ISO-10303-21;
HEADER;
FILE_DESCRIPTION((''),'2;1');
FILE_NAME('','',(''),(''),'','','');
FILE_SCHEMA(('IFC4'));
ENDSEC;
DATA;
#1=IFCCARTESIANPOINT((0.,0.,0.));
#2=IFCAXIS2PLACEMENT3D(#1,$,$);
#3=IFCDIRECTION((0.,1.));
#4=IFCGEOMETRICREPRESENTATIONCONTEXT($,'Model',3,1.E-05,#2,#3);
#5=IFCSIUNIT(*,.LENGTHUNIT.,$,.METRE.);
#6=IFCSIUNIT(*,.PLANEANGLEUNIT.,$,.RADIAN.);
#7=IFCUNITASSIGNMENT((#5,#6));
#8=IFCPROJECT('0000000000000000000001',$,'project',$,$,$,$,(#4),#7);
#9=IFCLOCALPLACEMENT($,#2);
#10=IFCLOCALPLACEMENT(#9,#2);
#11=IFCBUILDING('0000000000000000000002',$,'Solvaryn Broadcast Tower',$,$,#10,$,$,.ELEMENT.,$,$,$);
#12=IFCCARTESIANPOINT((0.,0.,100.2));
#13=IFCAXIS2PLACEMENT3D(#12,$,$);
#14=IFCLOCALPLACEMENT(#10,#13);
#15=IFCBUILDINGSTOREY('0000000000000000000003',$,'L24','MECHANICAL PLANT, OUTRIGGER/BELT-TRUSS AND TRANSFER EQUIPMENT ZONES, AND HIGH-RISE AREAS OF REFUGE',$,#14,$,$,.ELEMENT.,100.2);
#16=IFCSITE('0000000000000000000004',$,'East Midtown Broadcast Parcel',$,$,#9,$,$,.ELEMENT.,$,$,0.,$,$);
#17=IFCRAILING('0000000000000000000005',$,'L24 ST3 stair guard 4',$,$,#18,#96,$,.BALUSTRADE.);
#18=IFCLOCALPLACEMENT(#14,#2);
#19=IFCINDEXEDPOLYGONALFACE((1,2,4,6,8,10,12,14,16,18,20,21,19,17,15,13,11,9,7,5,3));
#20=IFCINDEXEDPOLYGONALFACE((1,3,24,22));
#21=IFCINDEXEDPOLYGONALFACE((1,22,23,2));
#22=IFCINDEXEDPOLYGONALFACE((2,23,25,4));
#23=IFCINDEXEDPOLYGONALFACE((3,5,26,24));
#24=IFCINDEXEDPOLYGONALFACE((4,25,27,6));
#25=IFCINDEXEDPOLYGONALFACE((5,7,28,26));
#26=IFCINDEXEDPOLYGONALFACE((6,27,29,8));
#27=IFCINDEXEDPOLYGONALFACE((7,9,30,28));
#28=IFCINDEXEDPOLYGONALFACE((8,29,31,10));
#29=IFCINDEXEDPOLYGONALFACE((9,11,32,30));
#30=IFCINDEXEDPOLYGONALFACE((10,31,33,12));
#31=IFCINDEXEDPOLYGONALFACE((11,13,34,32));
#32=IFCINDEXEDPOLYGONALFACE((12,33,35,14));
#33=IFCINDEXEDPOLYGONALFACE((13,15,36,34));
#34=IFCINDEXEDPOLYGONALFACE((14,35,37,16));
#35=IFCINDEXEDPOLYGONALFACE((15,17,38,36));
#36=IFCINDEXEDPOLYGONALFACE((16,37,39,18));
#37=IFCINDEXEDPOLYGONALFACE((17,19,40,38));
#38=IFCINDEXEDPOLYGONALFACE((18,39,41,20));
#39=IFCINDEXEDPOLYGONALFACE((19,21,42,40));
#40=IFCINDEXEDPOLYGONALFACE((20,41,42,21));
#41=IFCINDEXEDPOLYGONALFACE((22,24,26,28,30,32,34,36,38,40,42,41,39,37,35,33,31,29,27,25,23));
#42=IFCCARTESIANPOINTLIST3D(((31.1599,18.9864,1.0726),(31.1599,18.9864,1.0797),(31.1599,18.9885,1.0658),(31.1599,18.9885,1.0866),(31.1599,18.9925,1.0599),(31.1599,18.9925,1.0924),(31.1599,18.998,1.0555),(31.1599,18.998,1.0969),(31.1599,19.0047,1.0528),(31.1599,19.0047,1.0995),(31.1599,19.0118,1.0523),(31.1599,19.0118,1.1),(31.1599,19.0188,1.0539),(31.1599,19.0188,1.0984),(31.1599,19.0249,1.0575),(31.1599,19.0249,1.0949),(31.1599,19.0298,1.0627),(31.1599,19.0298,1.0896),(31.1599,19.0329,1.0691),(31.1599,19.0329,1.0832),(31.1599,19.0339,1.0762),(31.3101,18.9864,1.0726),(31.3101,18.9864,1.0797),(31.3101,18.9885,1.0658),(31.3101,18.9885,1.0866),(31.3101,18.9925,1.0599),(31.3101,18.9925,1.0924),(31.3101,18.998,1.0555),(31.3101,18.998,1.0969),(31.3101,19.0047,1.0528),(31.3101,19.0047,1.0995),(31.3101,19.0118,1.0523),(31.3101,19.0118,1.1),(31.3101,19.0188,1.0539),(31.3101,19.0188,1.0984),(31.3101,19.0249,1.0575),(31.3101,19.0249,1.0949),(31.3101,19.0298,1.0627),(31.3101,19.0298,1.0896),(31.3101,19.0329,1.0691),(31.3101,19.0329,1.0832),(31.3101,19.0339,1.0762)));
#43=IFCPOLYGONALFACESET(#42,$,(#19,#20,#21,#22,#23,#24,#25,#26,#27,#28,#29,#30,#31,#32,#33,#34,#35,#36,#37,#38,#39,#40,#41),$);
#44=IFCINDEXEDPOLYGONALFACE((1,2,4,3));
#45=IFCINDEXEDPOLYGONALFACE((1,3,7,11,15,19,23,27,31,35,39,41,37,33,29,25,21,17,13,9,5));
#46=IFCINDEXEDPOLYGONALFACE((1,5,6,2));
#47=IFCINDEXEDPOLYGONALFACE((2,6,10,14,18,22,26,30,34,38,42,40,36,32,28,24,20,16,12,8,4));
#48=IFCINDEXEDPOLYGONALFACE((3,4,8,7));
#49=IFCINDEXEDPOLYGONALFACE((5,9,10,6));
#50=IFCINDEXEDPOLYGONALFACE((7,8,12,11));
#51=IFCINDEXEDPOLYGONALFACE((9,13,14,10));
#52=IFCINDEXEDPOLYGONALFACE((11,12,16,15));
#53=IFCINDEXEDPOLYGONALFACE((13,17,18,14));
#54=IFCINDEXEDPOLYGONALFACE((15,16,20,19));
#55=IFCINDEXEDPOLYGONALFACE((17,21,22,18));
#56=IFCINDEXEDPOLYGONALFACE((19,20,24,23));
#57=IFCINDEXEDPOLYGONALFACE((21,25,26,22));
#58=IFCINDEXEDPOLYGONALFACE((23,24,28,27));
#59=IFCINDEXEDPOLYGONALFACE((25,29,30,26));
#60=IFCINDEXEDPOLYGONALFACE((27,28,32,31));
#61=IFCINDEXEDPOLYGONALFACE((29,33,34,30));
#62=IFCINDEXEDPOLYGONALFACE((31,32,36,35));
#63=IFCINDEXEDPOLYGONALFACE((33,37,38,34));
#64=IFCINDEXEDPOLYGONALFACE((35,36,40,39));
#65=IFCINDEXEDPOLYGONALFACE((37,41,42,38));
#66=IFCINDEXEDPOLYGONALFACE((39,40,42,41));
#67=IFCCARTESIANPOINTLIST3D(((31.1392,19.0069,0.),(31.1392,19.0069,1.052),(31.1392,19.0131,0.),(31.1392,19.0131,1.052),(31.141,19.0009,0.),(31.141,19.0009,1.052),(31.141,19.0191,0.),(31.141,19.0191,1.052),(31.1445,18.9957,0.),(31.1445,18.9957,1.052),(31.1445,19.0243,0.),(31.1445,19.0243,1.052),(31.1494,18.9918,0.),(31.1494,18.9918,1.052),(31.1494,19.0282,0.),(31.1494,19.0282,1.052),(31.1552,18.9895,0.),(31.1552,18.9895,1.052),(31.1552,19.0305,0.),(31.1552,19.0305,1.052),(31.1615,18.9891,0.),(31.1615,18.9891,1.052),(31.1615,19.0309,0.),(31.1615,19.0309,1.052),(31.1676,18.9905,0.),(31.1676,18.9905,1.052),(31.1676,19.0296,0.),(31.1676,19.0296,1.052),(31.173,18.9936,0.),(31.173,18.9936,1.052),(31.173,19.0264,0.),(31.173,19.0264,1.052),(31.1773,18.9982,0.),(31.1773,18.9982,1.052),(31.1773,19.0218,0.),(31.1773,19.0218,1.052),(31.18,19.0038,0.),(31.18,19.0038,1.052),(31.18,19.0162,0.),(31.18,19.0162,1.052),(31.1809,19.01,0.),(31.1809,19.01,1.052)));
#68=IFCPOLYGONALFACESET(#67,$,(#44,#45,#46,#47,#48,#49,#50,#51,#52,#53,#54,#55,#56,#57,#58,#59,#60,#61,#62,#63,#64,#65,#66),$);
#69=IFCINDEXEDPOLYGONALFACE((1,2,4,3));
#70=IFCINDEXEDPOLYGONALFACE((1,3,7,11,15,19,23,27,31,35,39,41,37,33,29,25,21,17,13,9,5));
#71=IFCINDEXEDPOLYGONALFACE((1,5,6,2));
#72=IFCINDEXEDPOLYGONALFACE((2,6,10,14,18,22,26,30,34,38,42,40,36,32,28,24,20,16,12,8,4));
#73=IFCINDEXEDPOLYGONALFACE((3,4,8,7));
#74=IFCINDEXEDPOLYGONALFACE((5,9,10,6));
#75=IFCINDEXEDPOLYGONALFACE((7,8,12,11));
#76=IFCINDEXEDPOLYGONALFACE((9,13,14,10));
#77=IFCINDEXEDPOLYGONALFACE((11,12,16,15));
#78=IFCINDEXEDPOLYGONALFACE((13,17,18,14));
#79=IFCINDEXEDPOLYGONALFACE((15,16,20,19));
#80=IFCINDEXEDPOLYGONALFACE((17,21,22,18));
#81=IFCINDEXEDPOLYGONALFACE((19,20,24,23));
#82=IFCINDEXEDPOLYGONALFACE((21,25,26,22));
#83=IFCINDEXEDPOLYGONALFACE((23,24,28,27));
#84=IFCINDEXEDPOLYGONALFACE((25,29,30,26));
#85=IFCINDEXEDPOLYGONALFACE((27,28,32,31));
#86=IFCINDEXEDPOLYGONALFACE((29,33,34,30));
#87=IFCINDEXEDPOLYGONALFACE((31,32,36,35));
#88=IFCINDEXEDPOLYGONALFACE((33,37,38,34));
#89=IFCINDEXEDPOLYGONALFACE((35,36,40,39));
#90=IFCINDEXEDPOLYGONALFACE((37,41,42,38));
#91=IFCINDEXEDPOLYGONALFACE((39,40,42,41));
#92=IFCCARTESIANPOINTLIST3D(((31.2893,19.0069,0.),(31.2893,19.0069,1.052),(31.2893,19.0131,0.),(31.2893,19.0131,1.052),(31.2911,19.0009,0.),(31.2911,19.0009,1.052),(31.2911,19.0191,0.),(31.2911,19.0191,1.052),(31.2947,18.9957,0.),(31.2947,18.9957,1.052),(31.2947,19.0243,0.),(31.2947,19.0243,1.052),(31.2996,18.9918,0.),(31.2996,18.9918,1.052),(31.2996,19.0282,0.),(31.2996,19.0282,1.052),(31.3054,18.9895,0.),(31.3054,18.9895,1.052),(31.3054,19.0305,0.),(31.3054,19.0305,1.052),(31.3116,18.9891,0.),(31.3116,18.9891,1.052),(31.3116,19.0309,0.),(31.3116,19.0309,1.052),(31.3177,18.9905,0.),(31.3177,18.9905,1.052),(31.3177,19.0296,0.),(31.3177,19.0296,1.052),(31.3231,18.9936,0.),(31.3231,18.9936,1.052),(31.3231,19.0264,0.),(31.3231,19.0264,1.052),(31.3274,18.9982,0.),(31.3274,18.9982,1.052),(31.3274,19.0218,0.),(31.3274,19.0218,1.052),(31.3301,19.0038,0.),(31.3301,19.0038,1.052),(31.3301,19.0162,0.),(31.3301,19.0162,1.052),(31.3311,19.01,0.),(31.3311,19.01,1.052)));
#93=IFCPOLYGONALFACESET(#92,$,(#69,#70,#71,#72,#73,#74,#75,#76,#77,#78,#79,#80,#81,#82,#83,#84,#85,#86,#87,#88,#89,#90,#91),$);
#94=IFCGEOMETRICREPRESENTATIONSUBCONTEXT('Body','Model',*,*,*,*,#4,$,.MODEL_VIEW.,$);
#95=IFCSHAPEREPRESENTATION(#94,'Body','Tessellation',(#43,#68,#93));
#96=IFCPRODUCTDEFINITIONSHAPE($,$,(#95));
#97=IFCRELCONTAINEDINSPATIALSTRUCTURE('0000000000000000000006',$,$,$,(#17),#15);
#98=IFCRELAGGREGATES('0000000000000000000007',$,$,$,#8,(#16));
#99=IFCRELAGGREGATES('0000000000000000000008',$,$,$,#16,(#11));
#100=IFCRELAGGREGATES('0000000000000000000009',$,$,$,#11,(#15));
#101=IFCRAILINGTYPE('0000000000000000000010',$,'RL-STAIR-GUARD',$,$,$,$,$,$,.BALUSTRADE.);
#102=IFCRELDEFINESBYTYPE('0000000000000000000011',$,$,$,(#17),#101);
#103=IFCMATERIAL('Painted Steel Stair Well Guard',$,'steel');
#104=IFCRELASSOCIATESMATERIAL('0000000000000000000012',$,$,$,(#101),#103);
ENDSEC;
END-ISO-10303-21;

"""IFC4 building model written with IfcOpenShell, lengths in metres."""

from ifc_helpers import new_model, si_unit, direction, frame, origin, origin_2d, place, context, subcontext, project, spatial, circle, extrude, material, type_object, element, save


model = new_model("IFC4")

# Units and contexts
model_context = context("Model", 3, precision=1e-05, world=origin(), true_north=direction((0.0, 1.0)))
body_context = subcontext(model_context, "Body", "Model", "MODEL_VIEW")
ifc_project = project(units=[si_unit("LENGTHUNIT", "METRE"), si_unit("PLANEANGLEUNIT", "RADIAN")], contexts=[model_context])

# Site, building, storey
site_placement = place(None, origin())
site = spatial("IfcSite", under=ifc_project, at=site_placement, Name="East Midtown Broadcast Parcel", CompositionType="ELEMENT", RefElevation=0.0)
building_placement = place(site_placement, origin())
building = spatial("IfcBuilding", under=site, at=building_placement, Name="Solvaryn Broadcast Tower", CompositionType="ELEMENT")
storey_placement = place(building_placement, frame((0.0, 0.0, 100.2)))
storey = spatial("IfcBuildingStorey", under=building, at=storey_placement, Name="L24", Description="MECHANICAL PLANT, OUTRIGGER/BELT-TRUSS AND TRANSFER EQUIPMENT ZONES, AND HIGH-RISE AREAS OF REFUGE", CompositionType="ELEMENT", Elevation=100.2)

# Railing
ifc_material_1 = material(Name="Painted Steel Stair Well Guard", Category="steel")
railing_type_1 = type_object("IfcRailingType", Name="RL-STAIR-GUARD", PredefinedType="BALUSTRADE", material=ifc_material_1)
railing_1_placement = place(storey_placement, frame((31.1599, 19.01, 0.0)))
element("IfcRailing", 1, at=railing_1_placement, inside=storey, type_object=railing_type_1, Name="L24 ST3 stair guard 4", PredefinedType="BALUSTRADE", context=body_context, shape_type="SweptSolid", body=[
    extrude(circle(Radius=0.0239, at=origin_2d()), frame((0.0, 0.0, 1.0762), z_axis=(1.0, 0.0, 0.0), x_axis=(0.0, 1.0, 0.0)), (0.0, 0.0, 1.0), 0.1501),
    extrude(circle(Radius=0.021, at=origin_2d()), origin(), (0.0, 0.0, 1.0), 1.052),
    extrude(circle(Radius=0.021, at=origin_2d()), frame((0.1501, 0.0, 0.0)), (0.0, 0.0, 1.0), 1.052),
])

save(model, "model.ifc")
